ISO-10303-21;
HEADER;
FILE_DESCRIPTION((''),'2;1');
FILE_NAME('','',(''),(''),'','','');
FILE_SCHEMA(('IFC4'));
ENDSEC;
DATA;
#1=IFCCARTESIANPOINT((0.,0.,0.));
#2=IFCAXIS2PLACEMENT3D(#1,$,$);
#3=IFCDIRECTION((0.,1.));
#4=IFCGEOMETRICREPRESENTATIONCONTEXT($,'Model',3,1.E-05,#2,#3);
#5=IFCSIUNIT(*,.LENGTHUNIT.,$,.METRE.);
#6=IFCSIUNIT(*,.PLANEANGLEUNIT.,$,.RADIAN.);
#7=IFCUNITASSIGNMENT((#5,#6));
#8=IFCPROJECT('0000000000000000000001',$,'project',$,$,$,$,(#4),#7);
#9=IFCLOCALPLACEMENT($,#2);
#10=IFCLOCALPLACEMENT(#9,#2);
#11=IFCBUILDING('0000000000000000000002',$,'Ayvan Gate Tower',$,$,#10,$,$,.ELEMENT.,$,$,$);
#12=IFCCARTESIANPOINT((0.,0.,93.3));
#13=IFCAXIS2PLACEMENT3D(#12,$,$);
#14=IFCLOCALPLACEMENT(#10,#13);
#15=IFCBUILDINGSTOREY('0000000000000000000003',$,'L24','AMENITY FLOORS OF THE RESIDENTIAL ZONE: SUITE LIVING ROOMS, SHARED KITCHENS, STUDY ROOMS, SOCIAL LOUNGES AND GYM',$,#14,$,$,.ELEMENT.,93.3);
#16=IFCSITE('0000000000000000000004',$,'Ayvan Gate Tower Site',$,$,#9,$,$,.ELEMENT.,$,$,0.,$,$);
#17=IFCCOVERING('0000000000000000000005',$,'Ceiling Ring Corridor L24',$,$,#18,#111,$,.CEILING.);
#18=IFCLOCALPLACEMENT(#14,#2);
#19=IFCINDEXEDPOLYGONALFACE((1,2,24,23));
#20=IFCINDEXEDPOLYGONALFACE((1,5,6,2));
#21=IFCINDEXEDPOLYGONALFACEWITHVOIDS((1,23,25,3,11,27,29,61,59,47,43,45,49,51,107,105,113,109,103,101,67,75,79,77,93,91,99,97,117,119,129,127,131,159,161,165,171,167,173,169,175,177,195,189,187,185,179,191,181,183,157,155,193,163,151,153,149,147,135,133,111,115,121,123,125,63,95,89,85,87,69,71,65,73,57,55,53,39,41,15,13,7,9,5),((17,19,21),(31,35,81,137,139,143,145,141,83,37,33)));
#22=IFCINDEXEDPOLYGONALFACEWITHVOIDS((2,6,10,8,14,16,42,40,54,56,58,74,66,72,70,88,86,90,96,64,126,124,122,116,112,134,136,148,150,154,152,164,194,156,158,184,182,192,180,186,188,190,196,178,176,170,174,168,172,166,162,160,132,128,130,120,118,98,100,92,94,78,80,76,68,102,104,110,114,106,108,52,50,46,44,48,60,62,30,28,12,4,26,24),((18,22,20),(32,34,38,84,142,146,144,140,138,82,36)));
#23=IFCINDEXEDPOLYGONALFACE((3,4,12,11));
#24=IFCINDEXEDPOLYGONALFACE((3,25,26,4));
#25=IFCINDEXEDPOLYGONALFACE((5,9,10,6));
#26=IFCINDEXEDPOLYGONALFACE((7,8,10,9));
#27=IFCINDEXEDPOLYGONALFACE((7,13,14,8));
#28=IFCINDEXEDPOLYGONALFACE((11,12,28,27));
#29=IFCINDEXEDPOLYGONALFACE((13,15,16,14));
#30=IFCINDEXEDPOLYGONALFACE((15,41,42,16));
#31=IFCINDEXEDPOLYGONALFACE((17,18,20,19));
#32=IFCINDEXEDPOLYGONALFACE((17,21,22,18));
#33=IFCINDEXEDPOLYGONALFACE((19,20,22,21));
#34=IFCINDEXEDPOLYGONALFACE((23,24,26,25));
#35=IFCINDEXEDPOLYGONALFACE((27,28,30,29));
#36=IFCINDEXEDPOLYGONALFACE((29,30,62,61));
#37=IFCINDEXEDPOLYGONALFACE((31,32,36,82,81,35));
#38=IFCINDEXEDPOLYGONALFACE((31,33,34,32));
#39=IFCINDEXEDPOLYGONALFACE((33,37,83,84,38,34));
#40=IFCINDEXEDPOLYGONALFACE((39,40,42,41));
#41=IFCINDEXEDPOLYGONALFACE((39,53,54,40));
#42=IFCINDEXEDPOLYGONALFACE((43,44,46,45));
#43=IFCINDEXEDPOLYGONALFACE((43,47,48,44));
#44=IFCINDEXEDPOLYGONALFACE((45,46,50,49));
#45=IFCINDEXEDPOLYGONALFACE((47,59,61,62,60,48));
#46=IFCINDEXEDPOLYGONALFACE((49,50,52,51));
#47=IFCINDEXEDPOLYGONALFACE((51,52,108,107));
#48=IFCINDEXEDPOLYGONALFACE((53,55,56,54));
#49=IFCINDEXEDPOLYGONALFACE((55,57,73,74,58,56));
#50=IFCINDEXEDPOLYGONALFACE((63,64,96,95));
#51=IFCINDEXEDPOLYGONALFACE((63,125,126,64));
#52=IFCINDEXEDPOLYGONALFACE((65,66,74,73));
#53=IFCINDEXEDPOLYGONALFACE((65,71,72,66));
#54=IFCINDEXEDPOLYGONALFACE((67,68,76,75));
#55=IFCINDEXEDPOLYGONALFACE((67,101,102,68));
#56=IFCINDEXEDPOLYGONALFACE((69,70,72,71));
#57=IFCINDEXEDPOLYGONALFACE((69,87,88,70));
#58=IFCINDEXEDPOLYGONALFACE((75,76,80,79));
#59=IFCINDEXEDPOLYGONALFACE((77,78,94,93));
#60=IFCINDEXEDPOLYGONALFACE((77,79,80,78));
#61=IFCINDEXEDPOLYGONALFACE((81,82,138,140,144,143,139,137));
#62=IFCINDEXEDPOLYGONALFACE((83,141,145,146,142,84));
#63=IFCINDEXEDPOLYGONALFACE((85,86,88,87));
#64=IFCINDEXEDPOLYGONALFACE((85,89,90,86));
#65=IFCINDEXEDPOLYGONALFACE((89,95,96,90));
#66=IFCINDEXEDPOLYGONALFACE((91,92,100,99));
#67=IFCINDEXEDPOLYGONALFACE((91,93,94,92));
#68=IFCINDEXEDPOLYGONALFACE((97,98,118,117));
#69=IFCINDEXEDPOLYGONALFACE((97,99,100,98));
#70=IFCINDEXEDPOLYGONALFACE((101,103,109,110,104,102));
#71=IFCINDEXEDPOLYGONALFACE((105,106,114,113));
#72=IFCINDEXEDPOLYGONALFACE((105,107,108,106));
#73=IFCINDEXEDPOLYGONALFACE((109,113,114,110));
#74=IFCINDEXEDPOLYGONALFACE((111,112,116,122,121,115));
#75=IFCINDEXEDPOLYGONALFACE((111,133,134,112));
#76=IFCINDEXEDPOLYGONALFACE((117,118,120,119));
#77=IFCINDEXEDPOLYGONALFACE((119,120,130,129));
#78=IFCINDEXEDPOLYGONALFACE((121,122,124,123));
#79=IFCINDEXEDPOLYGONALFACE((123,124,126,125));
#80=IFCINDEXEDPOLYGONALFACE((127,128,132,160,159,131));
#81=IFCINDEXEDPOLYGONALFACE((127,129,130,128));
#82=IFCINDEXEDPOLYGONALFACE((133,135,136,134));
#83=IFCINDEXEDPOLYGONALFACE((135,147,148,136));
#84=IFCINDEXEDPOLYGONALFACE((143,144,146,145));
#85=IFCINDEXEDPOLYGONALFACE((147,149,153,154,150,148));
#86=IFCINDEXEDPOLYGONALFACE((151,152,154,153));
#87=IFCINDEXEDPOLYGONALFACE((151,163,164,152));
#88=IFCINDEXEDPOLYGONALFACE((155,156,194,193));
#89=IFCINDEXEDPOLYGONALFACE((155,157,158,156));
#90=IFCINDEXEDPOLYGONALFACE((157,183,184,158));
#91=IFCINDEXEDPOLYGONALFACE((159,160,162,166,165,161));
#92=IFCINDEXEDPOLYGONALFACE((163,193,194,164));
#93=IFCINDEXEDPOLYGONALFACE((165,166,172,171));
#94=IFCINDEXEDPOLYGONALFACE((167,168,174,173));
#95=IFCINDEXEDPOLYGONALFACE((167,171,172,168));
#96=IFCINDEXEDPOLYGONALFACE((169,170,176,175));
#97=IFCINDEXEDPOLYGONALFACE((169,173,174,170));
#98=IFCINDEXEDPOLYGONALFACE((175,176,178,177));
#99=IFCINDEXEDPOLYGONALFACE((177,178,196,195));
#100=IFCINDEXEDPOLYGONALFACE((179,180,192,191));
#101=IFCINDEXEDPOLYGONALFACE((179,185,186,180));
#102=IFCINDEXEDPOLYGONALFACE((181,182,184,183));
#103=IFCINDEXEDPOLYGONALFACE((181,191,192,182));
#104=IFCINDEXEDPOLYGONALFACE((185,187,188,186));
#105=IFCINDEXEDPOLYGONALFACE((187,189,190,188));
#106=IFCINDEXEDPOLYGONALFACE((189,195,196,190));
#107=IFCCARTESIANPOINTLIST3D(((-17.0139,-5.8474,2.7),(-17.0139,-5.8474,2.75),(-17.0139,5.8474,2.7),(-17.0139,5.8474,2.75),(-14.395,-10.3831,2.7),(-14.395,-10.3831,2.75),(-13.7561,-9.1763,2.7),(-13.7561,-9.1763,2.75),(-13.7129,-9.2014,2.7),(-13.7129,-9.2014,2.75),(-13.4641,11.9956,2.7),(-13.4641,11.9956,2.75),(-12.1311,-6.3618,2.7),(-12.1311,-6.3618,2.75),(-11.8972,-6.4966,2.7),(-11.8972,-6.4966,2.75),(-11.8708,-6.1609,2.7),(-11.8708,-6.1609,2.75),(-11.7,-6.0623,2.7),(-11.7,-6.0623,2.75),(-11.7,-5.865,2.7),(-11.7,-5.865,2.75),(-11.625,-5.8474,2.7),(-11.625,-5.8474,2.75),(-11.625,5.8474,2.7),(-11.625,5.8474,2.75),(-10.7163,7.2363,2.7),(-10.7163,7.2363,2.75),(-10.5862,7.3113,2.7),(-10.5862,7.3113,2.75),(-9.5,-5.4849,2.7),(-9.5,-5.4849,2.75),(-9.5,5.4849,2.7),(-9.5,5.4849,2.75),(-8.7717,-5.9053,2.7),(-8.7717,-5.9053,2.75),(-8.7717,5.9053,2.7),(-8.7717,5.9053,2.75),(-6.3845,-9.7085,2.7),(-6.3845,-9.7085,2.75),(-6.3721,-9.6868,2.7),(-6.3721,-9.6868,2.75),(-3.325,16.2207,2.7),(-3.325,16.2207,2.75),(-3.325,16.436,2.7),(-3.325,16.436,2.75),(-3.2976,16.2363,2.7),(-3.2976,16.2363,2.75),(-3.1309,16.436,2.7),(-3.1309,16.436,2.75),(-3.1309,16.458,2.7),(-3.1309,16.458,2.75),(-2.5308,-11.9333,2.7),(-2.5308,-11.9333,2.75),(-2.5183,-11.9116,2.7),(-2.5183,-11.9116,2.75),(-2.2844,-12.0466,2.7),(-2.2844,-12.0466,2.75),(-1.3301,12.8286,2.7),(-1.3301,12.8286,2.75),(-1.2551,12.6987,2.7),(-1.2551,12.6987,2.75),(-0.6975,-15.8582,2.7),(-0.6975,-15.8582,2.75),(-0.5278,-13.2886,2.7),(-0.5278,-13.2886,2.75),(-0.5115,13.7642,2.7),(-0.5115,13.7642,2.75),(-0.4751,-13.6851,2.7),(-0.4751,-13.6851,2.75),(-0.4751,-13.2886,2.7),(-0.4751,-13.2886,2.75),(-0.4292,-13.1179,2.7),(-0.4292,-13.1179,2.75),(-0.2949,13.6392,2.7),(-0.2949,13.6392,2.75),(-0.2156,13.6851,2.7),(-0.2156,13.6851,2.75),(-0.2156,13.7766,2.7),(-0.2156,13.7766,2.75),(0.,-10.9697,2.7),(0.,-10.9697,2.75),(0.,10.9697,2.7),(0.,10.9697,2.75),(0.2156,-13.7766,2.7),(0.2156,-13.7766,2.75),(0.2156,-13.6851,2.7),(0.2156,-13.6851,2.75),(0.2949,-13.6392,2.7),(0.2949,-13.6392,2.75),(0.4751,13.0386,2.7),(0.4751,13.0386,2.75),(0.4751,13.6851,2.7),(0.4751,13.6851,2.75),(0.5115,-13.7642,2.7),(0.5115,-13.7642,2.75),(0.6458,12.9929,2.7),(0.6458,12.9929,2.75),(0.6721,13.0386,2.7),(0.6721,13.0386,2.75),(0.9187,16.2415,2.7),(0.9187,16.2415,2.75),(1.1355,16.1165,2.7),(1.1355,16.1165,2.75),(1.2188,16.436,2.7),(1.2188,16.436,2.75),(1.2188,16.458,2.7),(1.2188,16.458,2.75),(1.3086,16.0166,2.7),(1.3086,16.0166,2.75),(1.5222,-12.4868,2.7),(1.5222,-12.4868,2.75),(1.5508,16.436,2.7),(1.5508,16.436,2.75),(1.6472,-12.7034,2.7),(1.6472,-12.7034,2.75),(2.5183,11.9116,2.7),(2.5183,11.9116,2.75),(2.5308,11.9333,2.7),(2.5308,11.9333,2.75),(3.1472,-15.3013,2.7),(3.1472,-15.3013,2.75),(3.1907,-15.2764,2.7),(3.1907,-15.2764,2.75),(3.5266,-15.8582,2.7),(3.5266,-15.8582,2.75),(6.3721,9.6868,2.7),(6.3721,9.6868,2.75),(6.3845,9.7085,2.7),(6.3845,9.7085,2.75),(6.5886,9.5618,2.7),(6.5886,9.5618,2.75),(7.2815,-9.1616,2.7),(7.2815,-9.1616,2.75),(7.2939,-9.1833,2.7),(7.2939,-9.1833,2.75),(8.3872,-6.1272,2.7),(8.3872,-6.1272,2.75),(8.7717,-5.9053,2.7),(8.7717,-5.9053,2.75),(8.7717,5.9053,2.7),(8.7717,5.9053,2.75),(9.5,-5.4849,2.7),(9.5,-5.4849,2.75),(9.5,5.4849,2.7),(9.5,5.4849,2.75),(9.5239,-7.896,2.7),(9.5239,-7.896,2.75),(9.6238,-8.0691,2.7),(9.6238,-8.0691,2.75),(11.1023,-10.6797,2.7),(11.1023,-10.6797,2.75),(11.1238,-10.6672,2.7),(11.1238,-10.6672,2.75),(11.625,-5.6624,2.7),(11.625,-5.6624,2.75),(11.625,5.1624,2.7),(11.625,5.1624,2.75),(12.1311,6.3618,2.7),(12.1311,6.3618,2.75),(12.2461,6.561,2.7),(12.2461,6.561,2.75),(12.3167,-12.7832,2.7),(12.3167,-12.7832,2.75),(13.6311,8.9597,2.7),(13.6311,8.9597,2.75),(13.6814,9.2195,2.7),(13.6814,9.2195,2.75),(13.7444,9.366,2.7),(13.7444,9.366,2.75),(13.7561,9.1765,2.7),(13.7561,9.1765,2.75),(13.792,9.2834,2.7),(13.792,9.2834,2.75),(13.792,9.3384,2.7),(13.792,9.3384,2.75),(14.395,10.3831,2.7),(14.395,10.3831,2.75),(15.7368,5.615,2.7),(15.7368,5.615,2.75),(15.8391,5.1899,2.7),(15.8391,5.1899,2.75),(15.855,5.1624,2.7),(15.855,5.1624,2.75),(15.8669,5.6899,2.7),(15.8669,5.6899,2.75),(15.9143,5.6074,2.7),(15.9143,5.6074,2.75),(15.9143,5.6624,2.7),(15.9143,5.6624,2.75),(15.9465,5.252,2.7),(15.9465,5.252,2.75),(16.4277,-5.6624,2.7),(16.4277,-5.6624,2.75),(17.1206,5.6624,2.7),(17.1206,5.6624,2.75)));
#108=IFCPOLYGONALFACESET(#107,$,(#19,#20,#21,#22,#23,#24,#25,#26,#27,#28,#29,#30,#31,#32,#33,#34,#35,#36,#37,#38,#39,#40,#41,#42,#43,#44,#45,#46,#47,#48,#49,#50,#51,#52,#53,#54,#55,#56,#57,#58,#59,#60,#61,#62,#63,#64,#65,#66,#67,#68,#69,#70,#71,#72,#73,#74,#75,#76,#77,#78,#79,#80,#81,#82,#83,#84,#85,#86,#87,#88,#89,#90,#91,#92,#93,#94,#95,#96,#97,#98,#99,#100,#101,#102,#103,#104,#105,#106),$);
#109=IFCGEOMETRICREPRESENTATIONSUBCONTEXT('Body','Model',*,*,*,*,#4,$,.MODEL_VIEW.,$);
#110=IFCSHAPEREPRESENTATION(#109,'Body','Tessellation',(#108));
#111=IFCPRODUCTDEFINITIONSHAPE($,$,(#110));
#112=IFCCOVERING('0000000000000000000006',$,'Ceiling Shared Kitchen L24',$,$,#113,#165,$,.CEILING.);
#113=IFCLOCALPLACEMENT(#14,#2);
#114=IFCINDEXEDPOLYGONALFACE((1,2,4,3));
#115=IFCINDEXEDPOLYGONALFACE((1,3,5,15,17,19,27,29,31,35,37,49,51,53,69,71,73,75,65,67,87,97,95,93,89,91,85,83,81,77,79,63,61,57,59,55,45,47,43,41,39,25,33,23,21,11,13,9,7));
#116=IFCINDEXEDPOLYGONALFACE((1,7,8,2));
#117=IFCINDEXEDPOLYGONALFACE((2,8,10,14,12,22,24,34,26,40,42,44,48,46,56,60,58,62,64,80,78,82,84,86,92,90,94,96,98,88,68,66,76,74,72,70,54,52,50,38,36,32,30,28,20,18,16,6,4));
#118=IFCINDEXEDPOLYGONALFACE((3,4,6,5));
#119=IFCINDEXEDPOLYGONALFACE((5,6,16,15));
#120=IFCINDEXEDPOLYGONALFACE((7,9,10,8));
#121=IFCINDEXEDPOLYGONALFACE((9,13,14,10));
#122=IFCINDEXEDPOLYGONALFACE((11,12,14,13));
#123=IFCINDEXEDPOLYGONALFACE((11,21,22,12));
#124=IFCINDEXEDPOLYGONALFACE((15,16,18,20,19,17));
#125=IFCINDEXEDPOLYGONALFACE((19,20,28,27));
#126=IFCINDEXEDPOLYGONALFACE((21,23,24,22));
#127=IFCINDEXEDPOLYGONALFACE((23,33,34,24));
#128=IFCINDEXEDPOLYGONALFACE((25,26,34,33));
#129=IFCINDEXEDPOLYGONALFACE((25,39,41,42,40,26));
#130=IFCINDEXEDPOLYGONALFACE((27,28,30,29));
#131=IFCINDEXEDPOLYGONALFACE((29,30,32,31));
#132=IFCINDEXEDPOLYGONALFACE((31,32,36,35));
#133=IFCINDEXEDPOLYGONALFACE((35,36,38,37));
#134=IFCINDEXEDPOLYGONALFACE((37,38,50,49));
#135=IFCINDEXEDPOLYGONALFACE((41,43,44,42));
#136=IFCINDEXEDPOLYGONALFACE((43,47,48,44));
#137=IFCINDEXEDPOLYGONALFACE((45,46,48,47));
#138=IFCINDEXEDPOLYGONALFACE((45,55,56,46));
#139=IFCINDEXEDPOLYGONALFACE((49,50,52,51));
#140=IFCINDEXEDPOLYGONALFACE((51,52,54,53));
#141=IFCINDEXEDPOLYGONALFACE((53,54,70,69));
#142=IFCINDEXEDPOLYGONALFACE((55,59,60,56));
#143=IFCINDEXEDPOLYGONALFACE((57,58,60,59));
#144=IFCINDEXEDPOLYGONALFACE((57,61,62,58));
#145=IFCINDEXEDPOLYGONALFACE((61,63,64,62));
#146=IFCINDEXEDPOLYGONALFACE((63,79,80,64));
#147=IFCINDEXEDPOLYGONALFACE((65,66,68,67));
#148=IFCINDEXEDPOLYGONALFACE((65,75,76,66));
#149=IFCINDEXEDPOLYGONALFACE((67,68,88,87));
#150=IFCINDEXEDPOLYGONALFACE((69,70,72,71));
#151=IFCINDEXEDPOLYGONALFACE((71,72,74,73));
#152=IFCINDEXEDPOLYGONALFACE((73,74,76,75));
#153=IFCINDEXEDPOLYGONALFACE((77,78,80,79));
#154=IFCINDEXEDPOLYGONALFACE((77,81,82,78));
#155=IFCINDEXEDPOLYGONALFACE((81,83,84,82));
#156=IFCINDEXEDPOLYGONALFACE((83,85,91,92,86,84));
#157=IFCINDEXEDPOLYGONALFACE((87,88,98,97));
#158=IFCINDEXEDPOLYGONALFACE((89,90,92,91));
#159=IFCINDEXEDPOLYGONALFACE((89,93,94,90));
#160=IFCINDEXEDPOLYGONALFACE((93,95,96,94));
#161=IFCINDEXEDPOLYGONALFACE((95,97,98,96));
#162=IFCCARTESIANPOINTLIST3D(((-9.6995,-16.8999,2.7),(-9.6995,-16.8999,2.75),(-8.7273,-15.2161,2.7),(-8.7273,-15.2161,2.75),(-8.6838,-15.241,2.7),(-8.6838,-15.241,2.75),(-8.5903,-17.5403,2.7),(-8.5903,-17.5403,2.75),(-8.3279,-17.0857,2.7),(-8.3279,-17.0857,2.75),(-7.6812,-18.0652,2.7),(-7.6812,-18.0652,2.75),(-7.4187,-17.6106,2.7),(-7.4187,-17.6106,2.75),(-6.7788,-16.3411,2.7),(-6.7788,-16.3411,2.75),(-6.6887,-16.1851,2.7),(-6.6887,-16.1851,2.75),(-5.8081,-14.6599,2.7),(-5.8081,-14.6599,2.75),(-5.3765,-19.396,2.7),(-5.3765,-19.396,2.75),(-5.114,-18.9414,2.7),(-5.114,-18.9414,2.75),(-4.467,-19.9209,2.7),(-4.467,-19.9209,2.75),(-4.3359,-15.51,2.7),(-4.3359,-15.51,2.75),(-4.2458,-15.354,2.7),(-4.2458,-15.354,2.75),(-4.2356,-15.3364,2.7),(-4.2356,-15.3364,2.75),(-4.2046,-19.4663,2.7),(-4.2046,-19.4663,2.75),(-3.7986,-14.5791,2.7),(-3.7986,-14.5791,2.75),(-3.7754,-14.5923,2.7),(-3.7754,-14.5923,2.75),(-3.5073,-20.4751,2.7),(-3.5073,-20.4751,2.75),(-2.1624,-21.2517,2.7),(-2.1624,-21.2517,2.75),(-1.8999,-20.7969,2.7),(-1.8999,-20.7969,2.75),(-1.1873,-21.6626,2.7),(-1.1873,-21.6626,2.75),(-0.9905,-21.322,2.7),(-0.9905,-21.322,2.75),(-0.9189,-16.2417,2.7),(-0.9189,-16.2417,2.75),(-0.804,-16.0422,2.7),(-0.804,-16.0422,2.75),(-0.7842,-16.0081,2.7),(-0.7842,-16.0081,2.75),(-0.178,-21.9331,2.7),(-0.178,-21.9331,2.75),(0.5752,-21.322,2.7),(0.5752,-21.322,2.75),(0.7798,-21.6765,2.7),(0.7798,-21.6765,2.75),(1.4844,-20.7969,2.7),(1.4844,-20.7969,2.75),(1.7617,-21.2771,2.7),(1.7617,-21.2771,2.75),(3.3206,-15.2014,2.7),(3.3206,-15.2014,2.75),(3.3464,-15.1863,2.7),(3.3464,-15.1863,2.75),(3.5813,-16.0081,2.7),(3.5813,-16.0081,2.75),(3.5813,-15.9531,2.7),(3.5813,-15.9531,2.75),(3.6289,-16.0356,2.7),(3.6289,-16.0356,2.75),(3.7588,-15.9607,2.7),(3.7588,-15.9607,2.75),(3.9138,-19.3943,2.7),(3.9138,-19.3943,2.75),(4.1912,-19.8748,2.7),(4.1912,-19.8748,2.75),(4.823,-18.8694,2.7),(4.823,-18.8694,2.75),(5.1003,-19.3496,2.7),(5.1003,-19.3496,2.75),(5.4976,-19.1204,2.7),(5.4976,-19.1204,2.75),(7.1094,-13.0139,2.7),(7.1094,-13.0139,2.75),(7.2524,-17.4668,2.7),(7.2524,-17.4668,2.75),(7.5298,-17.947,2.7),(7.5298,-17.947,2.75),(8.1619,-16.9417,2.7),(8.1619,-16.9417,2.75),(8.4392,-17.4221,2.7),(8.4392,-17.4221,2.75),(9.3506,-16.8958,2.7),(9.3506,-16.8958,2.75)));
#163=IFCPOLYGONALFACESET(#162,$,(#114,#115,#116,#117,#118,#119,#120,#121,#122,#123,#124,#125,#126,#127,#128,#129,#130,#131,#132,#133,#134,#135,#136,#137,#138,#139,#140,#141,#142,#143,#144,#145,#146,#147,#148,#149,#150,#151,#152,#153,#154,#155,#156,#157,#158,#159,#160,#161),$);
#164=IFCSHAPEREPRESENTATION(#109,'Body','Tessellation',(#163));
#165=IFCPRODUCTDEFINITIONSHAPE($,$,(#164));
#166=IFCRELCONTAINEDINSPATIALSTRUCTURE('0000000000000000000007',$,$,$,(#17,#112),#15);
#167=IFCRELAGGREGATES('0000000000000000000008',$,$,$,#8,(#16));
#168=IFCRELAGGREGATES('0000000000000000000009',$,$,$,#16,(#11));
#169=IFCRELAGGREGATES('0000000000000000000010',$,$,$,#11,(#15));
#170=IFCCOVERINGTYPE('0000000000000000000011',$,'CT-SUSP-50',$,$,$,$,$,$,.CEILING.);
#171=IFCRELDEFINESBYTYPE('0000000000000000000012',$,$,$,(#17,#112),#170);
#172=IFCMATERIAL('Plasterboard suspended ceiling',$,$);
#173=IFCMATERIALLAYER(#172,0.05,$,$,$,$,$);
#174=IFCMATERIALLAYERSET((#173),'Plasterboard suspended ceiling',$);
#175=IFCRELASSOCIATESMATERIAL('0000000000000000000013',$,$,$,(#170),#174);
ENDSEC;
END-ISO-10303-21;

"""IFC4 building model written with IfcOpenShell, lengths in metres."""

from ifc_helpers import new_model, si_unit, direction, frame, origin, place, context, subcontext, project, spatial, polyline, outline, extrude, material, layer, layer_set, type_object, element, save


model = new_model("IFC4")

# Units and contexts
model_context = context("Model", 3, precision=1e-05, world=origin(), true_north=direction((0.0, 1.0)))
body_context = subcontext(model_context, "Body", "Model", "MODEL_VIEW")
ifc_project = project(units=[si_unit("LENGTHUNIT", "METRE"), si_unit("PLANEANGLEUNIT", "RADIAN")], contexts=[model_context])

# Site, building, storey
site_placement = place(None, origin())
site = spatial("IfcSite", under=ifc_project, at=site_placement, Name="Ayvan Gate Tower Site", CompositionType="ELEMENT", RefElevation=0.0)
building_placement = place(site_placement, origin())
building = spatial("IfcBuilding", under=site, at=building_placement, Name="Ayvan Gate Tower", CompositionType="ELEMENT")
storey_placement = place(building_placement, frame((0.0, 0.0, 93.3)))
storey = spatial("IfcBuildingStorey", under=building, at=storey_placement, Name="L24", Description="AMENITY FLOORS OF THE RESIDENTIAL ZONE: SUITE LIVING ROOMS, SHARED KITCHENS, STUDY ROOMS, SOCIAL LOUNGES AND GYM", CompositionType="ELEMENT", Elevation=93.3)

# Coverings
ifc_material_1 = material(Name="Plasterboard suspended ceiling")
ifc_layer_1 = layer(ifc_material_1, 0.05)
ifc_layer_set_1 = layer_set([ifc_layer_1], Name="Plasterboard suspended ceiling")
covering_type = type_object("IfcCoveringType", Name="CT-SUSP-50", PredefinedType="CEILING", material=ifc_layer_set_1)
covering_1_placement = place(storey_placement, frame((0.0, 0.0, 2.7)))
element("IfcCovering", 1, at=covering_1_placement, inside=storey, type_object=covering_type, Name="Ceiling Ring Corridor L24", PredefinedType="CEILING", context=body_context, shape_type="SweptSolid", body=[
    extrude(outline(polyline([(-11.625, 5.8474), (-17.0139, 5.8474), (-13.4641, 11.9956), (-10.7163, 7.2363), (-10.5862, 7.3113), (-1.2551, 12.6987), (-1.3301, 12.8286), (-3.2976, 16.2363), (-3.325, 16.2207), (-3.325, 16.436), (-3.1309, 16.436), (-3.1309, 16.458), (1.2188, 16.458), (1.2188, 16.436), (1.5508, 16.436), (1.3086, 16.0166), (1.1355, 16.1165), (0.9187, 16.2415), (-0.5115, 13.7642), (-0.2949, 13.6392), (-0.2156, 13.7766), (-0.2156, 13.6851), (0.4751, 13.6851), (0.4751, 13.0386), (0.6721, 13.0386), (0.6458, 12.9929), (2.5183, 11.9116), (2.5308, 11.9333), (6.3845, 9.7085), (6.3721, 9.6868), (6.5886, 9.5618), (12.1311, 6.3618), (12.2461, 6.561), (13.6311, 8.9597), (13.7561, 9.1765), (13.6814, 9.2195), (13.792, 9.2834), (13.7444, 9.366), (13.792, 9.3384), (14.395, 10.3831), (17.1206, 5.6624), (15.9143, 5.6624), (15.9143, 5.6074), (15.8669, 5.6899), (15.7368, 5.615), (15.9465, 5.252), (15.8391, 5.1899), (15.855, 5.1624), (11.625, 5.1624), (11.625, -5.6624), (16.4277, -5.6624), (12.3167, -12.7832), (11.1023, -10.6797), (11.1238, -10.6672), (9.6238, -8.0691), (9.5239, -7.896), (7.2939, -9.1833), (7.2815, -9.1616), (1.5222, -12.4868), (1.6472, -12.7034), (3.1472, -15.3013), (3.1907, -15.2764), (3.5266, -15.8582), (-0.6975, -15.8582), (0.5115, -13.7642), (0.2949, -13.6392), (0.2156, -13.7766), (0.2156, -13.6851), (-0.4751, -13.6851), (-0.4751, -13.2886), (-0.5278, -13.2886), (-0.4292, -13.1179), (-2.2844, -12.0466), (-2.5183, -11.9116), (-2.5308, -11.9333), (-6.3845, -9.7085), (-6.3721, -9.6868), (-11.8972, -6.4966), (-12.1311, -6.3618), (-13.7561, -9.1763), (-13.7129, -9.2014), (-14.395, -10.3831), (-17.0139, -5.8474), (-11.625, -5.8474), (-11.625, 5.8474)]), holes=[polyline([(9.5, 5.4849), (8.7717, 5.9053), (0.0, 10.9697), (-8.7717, 5.9053), (-9.5, 5.4849), (-9.5, -5.4849), (-8.7717, -5.9053), (0.0, -10.9697), (8.3872, -6.1272), (8.7717, -5.9053), (9.5, -5.4849), (9.5, 5.4849)]), polyline([(-11.7, -6.0623), (-11.7, -5.865), (-11.8708, -6.1609), (-11.7, -6.0623)])]), origin(), (0.0, 0.0, 1.0), 0.05),
])
covering_2_placement = place(storey_placement, frame((0.0, 0.0, 2.7)))
element("IfcCovering", 2, at=covering_2_placement, inside=storey, type_object=covering_type, Name="Ceiling Shared Kitchen L24", PredefinedType="CEILING", context=body_context, shape_type="SweptSolid", body=[
    extrude(outline(polyline([(-6.7788, -16.3411), (-6.6887, -16.1851), (-5.8081, -14.6599), (-4.3359, -15.51), (-4.2458, -15.354), (-4.2356, -15.3364), (-3.7986, -14.5791), (-3.7754, -14.5923), (-0.9189, -16.2417), (-0.804, -16.0422), (-0.7842, -16.0081), (3.5813, -16.0081), (3.5813, -15.9531), (3.6289, -16.0356), (3.7588, -15.9607), (3.3206, -15.2014), (3.3464, -15.1863), (7.1094, -13.0139), (9.3506, -16.8958), (8.4392, -17.4221), (8.1619, -16.9417), (7.2524, -17.4668), (7.5298, -17.947), (5.4976, -19.1204), (5.1003, -19.3496), (4.823, -18.8694), (3.9138, -19.3943), (4.1912, -19.8748), (1.7617, -21.2771), (1.4844, -20.7969), (0.5752, -21.322), (0.7798, -21.6765), (-0.178, -21.9331), (-1.1873, -21.6626), (-0.9905, -21.322), (-1.8999, -20.7969), (-2.1624, -21.2517), (-3.5073, -20.4751), (-4.467, -19.9209), (-4.2046, -19.4663), (-5.114, -18.9414), (-5.3765, -19.396), (-7.6812, -18.0652), (-7.4187, -17.6106), (-8.3279, -17.0857), (-8.5903, -17.5403), (-9.6995, -16.8999), (-8.7273, -15.2161), (-8.6838, -15.241), (-6.7788, -16.3411)])), origin(), (0.0, 0.0, 1.0), 0.05),
])

save(model, "model.ifc")
